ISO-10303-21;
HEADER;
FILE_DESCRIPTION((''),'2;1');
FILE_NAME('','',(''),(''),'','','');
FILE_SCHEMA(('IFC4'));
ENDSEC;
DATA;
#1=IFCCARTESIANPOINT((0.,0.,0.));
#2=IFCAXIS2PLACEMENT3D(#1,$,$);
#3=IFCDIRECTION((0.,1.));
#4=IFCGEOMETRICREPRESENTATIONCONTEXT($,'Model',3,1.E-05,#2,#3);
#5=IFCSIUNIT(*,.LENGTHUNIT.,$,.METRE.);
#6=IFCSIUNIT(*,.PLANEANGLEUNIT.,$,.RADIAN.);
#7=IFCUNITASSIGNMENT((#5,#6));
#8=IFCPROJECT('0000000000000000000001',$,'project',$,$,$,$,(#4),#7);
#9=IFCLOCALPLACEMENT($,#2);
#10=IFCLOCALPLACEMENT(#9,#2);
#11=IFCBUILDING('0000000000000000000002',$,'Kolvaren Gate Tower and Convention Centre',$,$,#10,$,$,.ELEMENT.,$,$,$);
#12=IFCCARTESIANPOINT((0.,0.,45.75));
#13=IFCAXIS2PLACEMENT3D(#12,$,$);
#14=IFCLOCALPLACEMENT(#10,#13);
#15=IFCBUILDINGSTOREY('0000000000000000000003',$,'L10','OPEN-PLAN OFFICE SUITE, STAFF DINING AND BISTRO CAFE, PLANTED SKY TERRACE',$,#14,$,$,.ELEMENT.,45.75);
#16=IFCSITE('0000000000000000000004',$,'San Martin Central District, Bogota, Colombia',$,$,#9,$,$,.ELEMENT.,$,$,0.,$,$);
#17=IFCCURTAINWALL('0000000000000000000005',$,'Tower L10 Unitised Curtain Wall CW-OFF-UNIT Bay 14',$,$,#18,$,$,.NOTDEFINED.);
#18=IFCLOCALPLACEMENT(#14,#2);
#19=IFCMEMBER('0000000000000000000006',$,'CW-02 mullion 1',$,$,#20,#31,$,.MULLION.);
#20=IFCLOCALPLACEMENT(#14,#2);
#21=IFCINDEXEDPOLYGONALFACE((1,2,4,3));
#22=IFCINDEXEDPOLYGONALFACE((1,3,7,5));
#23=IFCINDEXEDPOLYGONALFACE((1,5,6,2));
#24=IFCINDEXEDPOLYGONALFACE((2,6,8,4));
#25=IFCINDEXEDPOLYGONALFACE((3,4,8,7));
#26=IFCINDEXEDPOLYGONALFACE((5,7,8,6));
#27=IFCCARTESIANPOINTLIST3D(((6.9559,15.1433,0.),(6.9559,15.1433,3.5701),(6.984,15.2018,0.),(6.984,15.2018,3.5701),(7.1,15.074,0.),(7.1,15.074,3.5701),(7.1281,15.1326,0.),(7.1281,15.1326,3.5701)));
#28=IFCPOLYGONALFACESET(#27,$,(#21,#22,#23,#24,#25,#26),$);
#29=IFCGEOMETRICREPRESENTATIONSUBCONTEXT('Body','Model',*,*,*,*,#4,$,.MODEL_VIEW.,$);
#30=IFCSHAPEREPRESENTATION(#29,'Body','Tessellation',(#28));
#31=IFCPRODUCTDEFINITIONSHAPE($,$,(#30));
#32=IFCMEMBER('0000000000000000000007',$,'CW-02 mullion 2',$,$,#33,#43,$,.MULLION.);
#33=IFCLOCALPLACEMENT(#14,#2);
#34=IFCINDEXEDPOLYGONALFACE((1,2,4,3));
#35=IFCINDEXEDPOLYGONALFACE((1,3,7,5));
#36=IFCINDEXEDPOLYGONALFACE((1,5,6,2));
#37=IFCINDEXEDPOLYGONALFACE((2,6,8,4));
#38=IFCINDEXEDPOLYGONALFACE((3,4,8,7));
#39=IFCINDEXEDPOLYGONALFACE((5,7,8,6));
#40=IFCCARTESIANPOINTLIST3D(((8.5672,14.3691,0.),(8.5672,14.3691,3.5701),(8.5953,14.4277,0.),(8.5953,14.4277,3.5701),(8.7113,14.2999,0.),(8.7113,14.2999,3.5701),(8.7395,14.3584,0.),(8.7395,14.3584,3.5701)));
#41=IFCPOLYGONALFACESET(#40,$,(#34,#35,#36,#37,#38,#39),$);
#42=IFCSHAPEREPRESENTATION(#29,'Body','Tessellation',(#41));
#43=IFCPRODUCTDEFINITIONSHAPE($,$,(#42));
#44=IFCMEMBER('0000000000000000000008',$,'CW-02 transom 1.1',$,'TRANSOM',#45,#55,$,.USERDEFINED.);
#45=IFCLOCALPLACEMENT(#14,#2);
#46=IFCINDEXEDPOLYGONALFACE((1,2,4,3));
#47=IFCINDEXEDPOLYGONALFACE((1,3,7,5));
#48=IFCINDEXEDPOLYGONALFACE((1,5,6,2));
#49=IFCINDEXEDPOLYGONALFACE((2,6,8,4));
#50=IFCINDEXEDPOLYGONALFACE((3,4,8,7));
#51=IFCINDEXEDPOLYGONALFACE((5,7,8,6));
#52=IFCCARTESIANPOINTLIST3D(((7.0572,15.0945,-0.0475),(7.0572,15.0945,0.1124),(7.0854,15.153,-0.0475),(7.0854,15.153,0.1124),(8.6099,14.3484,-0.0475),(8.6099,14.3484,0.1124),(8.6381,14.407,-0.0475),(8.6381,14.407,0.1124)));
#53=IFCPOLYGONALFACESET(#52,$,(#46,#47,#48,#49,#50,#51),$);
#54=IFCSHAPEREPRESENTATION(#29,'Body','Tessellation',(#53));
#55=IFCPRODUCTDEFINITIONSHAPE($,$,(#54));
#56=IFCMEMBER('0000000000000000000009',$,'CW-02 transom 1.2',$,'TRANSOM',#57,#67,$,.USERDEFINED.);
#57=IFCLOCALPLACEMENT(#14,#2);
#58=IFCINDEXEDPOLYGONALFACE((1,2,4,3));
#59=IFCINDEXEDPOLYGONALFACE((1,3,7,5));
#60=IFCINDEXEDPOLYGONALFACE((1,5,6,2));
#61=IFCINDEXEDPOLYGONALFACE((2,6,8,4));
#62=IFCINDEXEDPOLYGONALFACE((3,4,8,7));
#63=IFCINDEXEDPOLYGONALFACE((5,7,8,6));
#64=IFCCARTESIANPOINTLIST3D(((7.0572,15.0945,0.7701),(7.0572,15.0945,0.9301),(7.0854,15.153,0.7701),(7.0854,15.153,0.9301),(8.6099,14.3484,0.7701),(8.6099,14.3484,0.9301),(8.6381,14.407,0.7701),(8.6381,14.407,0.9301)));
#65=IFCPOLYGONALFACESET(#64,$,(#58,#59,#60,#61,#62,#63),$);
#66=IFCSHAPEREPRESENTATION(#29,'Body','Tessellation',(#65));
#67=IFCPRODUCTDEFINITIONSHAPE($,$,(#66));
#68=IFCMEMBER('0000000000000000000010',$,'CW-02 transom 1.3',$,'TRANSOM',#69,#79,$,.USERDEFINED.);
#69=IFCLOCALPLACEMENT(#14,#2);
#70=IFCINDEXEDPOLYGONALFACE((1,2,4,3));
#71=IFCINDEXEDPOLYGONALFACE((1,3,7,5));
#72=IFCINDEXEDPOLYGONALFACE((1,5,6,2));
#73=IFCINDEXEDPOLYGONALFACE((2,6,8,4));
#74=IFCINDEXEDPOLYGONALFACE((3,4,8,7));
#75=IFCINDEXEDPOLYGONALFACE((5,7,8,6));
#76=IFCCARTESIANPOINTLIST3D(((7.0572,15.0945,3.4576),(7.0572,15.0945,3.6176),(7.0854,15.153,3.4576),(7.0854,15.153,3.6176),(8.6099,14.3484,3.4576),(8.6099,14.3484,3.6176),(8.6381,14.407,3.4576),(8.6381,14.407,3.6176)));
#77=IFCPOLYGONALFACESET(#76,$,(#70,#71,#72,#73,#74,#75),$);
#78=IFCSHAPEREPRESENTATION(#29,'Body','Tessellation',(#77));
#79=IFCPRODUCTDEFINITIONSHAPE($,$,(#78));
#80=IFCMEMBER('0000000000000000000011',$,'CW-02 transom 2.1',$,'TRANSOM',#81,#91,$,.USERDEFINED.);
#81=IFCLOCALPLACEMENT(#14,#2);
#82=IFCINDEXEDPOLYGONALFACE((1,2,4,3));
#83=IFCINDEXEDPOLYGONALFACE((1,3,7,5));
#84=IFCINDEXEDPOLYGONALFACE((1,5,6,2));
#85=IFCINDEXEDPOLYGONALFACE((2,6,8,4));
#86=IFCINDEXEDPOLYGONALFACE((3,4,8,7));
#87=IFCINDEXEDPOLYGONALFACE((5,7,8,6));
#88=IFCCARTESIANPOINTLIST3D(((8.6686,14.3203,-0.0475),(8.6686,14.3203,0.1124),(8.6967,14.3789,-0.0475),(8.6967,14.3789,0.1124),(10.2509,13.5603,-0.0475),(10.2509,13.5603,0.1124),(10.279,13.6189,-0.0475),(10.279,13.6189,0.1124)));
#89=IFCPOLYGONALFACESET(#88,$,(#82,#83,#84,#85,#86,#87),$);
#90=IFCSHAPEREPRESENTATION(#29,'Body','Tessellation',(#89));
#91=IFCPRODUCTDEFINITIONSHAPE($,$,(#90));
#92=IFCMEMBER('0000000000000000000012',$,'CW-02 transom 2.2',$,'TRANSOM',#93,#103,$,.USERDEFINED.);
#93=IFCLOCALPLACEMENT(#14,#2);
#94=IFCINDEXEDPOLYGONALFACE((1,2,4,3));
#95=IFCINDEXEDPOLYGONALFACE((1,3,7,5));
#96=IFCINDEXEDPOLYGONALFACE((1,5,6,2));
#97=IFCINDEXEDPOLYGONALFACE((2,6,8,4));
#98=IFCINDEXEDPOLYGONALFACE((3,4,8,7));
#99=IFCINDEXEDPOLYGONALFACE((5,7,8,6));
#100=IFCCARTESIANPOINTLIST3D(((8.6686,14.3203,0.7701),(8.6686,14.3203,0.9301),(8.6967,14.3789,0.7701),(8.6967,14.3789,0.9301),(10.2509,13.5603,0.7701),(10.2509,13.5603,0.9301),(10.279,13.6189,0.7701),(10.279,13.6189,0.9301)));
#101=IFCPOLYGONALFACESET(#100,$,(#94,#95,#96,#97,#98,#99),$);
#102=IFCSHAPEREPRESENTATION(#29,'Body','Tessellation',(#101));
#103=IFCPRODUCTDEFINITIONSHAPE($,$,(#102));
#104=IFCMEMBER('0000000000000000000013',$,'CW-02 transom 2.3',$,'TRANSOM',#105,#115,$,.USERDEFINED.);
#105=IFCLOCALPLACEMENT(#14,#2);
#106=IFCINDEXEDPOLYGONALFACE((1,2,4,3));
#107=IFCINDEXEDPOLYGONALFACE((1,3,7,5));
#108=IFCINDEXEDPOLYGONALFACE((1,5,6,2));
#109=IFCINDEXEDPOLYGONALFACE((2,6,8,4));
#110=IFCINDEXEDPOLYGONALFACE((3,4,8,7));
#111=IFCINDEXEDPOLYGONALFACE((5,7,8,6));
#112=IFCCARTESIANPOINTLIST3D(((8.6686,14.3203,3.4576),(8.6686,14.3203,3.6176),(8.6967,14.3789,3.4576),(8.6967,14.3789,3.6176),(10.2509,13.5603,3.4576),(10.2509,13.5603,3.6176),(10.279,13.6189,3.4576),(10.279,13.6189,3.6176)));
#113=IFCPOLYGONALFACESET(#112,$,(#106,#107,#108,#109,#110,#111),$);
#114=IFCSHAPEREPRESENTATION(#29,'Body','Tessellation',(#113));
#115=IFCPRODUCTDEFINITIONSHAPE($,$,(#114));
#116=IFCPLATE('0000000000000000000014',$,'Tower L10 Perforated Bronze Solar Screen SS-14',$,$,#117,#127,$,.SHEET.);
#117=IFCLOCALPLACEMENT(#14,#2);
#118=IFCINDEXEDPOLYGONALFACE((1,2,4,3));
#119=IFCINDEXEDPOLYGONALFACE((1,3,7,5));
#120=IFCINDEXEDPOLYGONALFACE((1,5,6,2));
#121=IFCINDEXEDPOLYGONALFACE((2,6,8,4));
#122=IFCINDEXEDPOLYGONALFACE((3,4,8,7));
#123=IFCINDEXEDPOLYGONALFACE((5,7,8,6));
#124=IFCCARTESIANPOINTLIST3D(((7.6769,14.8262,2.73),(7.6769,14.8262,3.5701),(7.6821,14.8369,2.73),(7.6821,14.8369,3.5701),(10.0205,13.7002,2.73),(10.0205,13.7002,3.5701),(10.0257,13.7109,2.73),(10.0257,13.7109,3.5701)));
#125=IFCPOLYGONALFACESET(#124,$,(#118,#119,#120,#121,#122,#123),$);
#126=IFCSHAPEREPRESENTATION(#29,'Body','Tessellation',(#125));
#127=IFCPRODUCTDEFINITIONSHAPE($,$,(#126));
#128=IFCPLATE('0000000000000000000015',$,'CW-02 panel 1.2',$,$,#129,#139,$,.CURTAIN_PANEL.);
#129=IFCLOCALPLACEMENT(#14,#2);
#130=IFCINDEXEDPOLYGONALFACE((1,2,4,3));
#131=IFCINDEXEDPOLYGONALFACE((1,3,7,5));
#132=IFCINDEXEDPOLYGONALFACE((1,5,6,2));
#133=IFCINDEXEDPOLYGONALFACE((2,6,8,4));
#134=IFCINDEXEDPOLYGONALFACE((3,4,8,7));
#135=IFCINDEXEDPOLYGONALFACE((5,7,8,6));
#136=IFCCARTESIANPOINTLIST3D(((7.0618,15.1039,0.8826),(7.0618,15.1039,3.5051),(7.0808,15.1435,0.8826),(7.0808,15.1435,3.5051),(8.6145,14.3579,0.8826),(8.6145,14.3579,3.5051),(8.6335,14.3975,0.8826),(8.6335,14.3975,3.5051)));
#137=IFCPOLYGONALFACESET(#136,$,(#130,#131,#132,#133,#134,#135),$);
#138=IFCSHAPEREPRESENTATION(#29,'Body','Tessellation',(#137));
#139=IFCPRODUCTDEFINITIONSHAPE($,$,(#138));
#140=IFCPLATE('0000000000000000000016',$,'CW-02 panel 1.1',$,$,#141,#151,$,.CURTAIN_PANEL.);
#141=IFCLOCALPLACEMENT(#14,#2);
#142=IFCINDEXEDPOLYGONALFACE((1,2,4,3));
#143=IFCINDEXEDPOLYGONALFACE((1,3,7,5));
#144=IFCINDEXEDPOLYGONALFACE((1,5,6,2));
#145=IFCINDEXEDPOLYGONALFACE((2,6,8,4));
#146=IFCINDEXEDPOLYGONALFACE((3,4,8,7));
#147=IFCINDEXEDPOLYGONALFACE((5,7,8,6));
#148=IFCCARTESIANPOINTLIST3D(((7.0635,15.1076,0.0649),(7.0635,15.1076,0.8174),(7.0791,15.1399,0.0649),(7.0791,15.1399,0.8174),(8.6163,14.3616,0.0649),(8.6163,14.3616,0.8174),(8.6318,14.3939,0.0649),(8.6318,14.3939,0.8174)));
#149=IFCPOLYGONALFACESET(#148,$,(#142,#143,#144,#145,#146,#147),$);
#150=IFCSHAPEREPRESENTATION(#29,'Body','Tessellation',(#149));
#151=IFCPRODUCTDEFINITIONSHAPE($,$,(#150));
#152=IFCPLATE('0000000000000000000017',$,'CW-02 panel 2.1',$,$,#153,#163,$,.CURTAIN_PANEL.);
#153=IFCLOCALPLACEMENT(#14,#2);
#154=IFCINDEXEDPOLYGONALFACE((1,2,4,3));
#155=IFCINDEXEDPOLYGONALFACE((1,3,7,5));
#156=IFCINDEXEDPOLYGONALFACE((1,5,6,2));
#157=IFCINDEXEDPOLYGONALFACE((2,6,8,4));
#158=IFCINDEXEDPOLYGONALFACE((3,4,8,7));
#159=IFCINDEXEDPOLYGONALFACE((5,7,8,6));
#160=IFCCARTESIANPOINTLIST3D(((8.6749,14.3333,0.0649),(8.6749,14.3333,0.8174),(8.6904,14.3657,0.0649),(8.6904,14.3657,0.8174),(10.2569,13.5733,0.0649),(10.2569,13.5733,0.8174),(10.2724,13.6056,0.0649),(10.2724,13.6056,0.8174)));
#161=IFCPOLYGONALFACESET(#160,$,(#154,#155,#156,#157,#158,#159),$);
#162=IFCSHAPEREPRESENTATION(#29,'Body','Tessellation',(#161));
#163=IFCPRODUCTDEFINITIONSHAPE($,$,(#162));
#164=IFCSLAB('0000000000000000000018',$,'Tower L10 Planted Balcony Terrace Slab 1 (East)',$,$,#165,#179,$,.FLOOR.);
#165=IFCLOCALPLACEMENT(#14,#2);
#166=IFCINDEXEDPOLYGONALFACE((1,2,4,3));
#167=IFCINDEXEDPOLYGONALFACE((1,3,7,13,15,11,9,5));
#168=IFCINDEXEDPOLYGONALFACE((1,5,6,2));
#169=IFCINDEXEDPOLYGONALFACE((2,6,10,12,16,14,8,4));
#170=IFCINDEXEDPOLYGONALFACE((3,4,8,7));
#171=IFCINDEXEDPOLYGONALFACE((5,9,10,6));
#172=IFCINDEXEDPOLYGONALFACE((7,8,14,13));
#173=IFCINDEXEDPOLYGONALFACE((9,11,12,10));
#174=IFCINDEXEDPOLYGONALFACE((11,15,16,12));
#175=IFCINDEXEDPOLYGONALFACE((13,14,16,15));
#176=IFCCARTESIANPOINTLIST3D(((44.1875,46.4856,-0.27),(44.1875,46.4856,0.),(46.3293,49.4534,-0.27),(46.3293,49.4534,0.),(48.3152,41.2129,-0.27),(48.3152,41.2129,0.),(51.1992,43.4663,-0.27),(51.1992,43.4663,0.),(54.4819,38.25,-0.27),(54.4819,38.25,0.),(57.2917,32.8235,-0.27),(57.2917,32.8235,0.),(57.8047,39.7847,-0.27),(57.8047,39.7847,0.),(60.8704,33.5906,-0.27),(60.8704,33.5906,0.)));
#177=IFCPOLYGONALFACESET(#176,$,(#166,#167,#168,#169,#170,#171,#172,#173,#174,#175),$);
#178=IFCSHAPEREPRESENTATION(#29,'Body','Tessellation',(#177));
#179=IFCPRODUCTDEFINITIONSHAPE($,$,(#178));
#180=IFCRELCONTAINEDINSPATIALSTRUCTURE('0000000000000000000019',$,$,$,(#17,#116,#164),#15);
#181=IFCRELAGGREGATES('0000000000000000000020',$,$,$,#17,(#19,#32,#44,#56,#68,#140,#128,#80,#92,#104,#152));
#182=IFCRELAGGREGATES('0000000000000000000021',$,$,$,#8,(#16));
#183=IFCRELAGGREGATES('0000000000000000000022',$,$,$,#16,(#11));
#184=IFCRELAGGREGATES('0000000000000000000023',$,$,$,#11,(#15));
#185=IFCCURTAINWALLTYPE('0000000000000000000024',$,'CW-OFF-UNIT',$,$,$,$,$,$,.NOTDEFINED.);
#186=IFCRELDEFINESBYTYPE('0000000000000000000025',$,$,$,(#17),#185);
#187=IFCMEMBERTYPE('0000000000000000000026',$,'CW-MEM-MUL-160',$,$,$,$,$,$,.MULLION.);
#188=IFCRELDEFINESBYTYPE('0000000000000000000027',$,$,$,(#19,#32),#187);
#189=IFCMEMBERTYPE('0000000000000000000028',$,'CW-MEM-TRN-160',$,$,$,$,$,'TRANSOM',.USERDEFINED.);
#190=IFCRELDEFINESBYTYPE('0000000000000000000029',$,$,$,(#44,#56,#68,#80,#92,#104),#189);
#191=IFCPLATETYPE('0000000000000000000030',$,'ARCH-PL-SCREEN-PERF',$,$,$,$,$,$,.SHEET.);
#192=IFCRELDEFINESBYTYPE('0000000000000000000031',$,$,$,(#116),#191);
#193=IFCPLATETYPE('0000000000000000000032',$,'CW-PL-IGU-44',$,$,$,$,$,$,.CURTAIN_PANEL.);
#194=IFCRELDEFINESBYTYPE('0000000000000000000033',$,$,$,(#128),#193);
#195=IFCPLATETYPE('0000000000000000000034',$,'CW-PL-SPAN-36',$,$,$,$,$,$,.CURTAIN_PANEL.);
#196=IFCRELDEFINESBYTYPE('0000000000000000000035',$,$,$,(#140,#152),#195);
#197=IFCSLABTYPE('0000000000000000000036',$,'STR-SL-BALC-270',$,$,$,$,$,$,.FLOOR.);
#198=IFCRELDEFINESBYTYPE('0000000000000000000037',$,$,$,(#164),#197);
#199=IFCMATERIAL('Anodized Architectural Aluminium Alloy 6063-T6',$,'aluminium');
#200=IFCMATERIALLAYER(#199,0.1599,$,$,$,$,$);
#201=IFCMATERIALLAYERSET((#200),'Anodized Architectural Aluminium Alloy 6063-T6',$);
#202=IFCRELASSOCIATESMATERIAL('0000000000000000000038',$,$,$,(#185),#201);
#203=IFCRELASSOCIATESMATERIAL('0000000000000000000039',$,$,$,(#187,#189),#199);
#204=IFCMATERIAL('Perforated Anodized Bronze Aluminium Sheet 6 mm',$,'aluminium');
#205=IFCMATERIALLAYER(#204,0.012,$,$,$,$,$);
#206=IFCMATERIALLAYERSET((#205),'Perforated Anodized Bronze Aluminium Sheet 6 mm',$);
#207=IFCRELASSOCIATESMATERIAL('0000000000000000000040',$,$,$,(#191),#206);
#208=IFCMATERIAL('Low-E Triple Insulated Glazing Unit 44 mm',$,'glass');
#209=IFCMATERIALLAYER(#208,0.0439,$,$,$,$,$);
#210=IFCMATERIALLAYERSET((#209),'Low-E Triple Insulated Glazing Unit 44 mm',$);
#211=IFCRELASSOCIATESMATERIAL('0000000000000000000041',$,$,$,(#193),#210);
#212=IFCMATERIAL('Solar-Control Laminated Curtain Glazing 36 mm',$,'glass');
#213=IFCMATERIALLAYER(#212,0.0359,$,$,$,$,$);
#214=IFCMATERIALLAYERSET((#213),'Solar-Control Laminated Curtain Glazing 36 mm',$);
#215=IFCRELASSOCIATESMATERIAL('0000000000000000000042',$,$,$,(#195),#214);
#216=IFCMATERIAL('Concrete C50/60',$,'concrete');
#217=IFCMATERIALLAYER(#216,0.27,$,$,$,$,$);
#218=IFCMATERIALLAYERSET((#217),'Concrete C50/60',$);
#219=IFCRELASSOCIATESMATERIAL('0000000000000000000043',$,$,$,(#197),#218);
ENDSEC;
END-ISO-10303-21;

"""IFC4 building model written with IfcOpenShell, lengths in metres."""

from ifc_helpers import new_model, si_unit, direction, frame, origin, origin_2d, place, context, subcontext, project, spatial, polyline, rectangle, outline, extrude, material, layer, layer_set, material_profile, profile_set, type_object, element, aggregate, save


model = new_model("IFC4")

# Units and contexts
model_context = context("Model", 3, precision=1e-05, world=origin(), true_north=direction((0.0, 1.0)))
body_context = subcontext(model_context, "Body", "Model", "MODEL_VIEW")
ifc_project = project(units=[si_unit("LENGTHUNIT", "METRE"), si_unit("PLANEANGLEUNIT", "RADIAN")], contexts=[model_context])

# Site, building, storey
site_placement = place(None, origin())
site = spatial("IfcSite", under=ifc_project, at=site_placement, Name="San Martin Central District, Bogota, Colombia", CompositionType="ELEMENT", RefElevation=0.0)
building_placement = place(site_placement, origin())
building = spatial("IfcBuilding", under=site, at=building_placement, Name="Kolvaren Gate Tower and Convention Centre", CompositionType="ELEMENT")
storey_placement = place(building_placement, frame((0.0, 0.0, 45.75)))
storey = spatial("IfcBuildingStorey", under=building, at=storey_placement, Name="L10", Description="OPEN-PLAN OFFICE SUITE, STAFF DINING AND BISTRO CAFE, PLANTED SKY TERRACE", CompositionType="ELEMENT", Elevation=45.75)

# Curtain wall, members
ifc_material_1 = material(Name="Anodized Architectural Aluminium Alloy 6063-T6", Category="aluminium")
ifc_layer_1 = layer(ifc_material_1, 0.1599)
ifc_layer_set_1 = layer_set([ifc_layer_1], Name="Anodized Architectural Aluminium Alloy 6063-T6")
curtain_wall_type = type_object("IfcCurtainWallType", Name="CW-OFF-UNIT", PredefinedType="NOTDEFINED", material=ifc_layer_set_1)
curtain_wall_placement = place(storey_placement, origin())
curtain_wall = element("IfcCurtainWall", 1, at=curtain_wall_placement, inside=storey, type_object=curtain_wall_type, Name="Tower L10 Unitised Curtain Wall CW-OFF-UNIT Bay 14", PredefinedType="NOTDEFINED")
ifc_material_profile_1 = material_profile(ifc_material_1, rectangle(XDim=0.0649, YDim=0.1599, at=origin_2d()), Name="CW-MEM-MUL-160")
ifc_profile_set_1 = profile_set([ifc_material_profile_1], Name="Anodized Architectural Aluminium Alloy 6063-T6")
member_type_1 = type_object("IfcMemberType", Name="CW-MEM-MUL-160", PredefinedType="MULLION", material=ifc_profile_set_1)
member_1_placement = place(storey_placement, frame((7.042, 15.1379, 0.0), z_axis=(0.0, 0.0, 1.0), x_axis=(0.433057, 0.901367, 0.0)))
member_1 = element("IfcMember", 2, at=member_1_placement, type_object=member_type_1, Name="CW-02 mullion 1", PredefinedType="MULLION", context=body_context, shape_type="SweptSolid", body=[
    extrude(rectangle(XDim=0.0649, YDim=0.1599, at=origin_2d()), origin(), (0.0, 0.0, 1.0), 3.5701),
])
member_2_placement = place(storey_placement, frame((8.6533, 14.3638, 0.0), z_axis=(0.0, 0.0, 1.0), x_axis=(0.433057, 0.901367, 0.0)))
member_2 = element("IfcMember", 3, at=member_2_placement, type_object=member_type_1, Name="CW-02 mullion 2", PredefinedType="MULLION", context=body_context, shape_type="SweptSolid", body=[
    extrude(rectangle(XDim=0.0649, YDim=0.1599, at=origin_2d()), origin(), (0.0, 0.0, 1.0), 3.5701),
])
ifc_material_profile_2 = material_profile(ifc_material_1, rectangle(XDim=0.0649, YDim=0.1599, at=origin_2d()), Name="CW-MEM-TRN-160")
ifc_profile_set_2 = profile_set([ifc_material_profile_2], Name="Anodized Architectural Aluminium Alloy 6063-T6")
member_type_2 = type_object("IfcMemberType", Name="CW-MEM-TRN-160", ElementType="TRANSOM", PredefinedType="USERDEFINED", material=ifc_profile_set_2)
member_3_placement = place(storey_placement, frame((7.0713, 15.1238, 0.0325), z_axis=(0.901346, -0.4331, 0.0), x_axis=(0.4331, 0.901346, 0.0)))
member_3 = element("IfcMember", 4, at=member_3_placement, type_object=member_type_2, Name="CW-02 transom 1.1", ObjectType="TRANSOM", PredefinedType="USERDEFINED", context=body_context, shape_type="SweptSolid", body=[
    extrude(rectangle(XDim=0.0649, YDim=0.1599, at=origin_2d()), origin(), (0.0, 0.0, 1.0), 1.7227),
])
member_4_placement = place(storey_placement, frame((7.0713, 15.1238, 0.8501), z_axis=(0.901346, -0.4331, 0.0), x_axis=(0.4331, 0.901346, 0.0)))
member_4 = element("IfcMember", 5, at=member_4_placement, type_object=member_type_2, Name="CW-02 transom 1.2", ObjectType="TRANSOM", PredefinedType="USERDEFINED", context=body_context, shape_type="SweptSolid", body=[
    extrude(rectangle(XDim=0.0649, YDim=0.1599, at=origin_2d()), origin(), (0.0, 0.0, 1.0), 1.7227),
])
member_5_placement = place(storey_placement, frame((7.0713, 15.1238, 3.5376), z_axis=(0.901346, -0.4331, 0.0), x_axis=(0.4331, 0.901346, 0.0)))
member_5 = element("IfcMember", 6, at=member_5_placement, type_object=member_type_2, Name="CW-02 transom 1.3", ObjectType="TRANSOM", PredefinedType="USERDEFINED", context=body_context, shape_type="SweptSolid", body=[
    extrude(rectangle(XDim=0.0649, YDim=0.1599, at=origin_2d()), origin(), (0.0, 0.0, 1.0), 1.7227),
])
member_6_placement = place(storey_placement, frame((8.6826, 14.3496, 0.0325), z_axis=(0.901408, -0.432971, 0.0), x_axis=(0.432971, 0.901408, 0.0)))
member_6 = element("IfcMember", 7, at=member_6_placement, type_object=member_type_2, Name="CW-02 transom 2.1", ObjectType="TRANSOM", PredefinedType="USERDEFINED", context=body_context, shape_type="SweptSolid", body=[
    extrude(rectangle(XDim=0.0649, YDim=0.1599, at=origin_2d()), origin(), (0.0, 0.0, 1.0), 1.7554),
])
member_7_placement = place(storey_placement, frame((8.6826, 14.3496, 0.8501), z_axis=(0.901408, -0.432971, 0.0), x_axis=(0.432971, 0.901408, 0.0)))
member_7 = element("IfcMember", 8, at=member_7_placement, type_object=member_type_2, Name="CW-02 transom 2.2", ObjectType="TRANSOM", PredefinedType="USERDEFINED", context=body_context, shape_type="SweptSolid", body=[
    extrude(rectangle(XDim=0.0649, YDim=0.1599, at=origin_2d()), origin(), (0.0, 0.0, 1.0), 1.7554),
])
member_8_placement = place(storey_placement, frame((8.6826, 14.3496, 3.5376), z_axis=(0.901408, -0.432971, 0.0), x_axis=(0.432971, 0.901408, 0.0)))
member_8 = element("IfcMember", 9, at=member_8_placement, type_object=member_type_2, Name="CW-02 transom 2.3", ObjectType="TRANSOM", PredefinedType="USERDEFINED", context=body_context, shape_type="SweptSolid", body=[
    extrude(rectangle(XDim=0.0649, YDim=0.1599, at=origin_2d()), origin(), (0.0, 0.0, 1.0), 1.7554),
])

# Plates
ifc_material_2 = material(Name="Perforated Anodized Bronze Aluminium Sheet 6 mm", Category="aluminium")
ifc_layer_2 = layer(ifc_material_2, 0.012)
ifc_layer_set_2 = layer_set([ifc_layer_2], Name="Perforated Anodized Bronze Aluminium Sheet 6 mm")
plate_type_1 = type_object("IfcPlateType", Name="ARCH-PL-SCREEN-PERF", PredefinedType="SHEET", material=ifc_layer_set_2)
plate_1_placement = place(storey_placement, frame((8.8513, 14.2686, 2.73), z_axis=(0.0, 0.0, 1.0), x_axis=(0.901364, -0.433061, 0.0)))
element("IfcPlate", 10, at=plate_1_placement, inside=storey, type_object=plate_type_1, Name="Tower L10 Perforated Bronze Solar Screen SS-14", PredefinedType="SHEET", context=body_context, shape_type="SweptSolid", body=[
    extrude(rectangle(XDim=2.6001, YDim=0.012, at=origin_2d()), origin(), (0.0, 0.0, 1.0), 0.8401),
])
ifc_material_3 = material(Name="Low-E Triple Insulated Glazing Unit 44 mm", Category="glass")
ifc_layer_3 = layer(ifc_material_3, 0.0439)
ifc_layer_set_3 = layer_set([ifc_layer_3], Name="Low-E Triple Insulated Glazing Unit 44 mm")
plate_type_2 = type_object("IfcPlateType", Name="CW-PL-IGU-44", PredefinedType="CURTAIN_PANEL", material=ifc_layer_set_3)
plate_2_placement = place(storey_placement, frame((7.8477, 14.7507, 0.8826), z_axis=(0.0, 0.0, 1.0), x_axis=(0.901367, -0.433057, 0.0)))
plate_2 = element("IfcPlate", 11, at=plate_2_placement, type_object=plate_type_2, Name="CW-02 panel 1.2", PredefinedType="CURTAIN_PANEL", context=body_context, shape_type="SweptSolid", body=[
    extrude(rectangle(XDim=1.7227, YDim=0.0439, at=origin_2d()), origin(), (0.0, 0.0, 1.0), 2.6226),
])
ifc_material_4 = material(Name="Solar-Control Laminated Curtain Glazing 36 mm", Category="glass")
ifc_layer_4 = layer(ifc_material_4, 0.0359)
ifc_layer_set_4 = layer_set([ifc_layer_4], Name="Solar-Control Laminated Curtain Glazing 36 mm")
plate_type_3 = type_object("IfcPlateType", Name="CW-PL-SPAN-36", PredefinedType="CURTAIN_PANEL", material=ifc_layer_set_4)
plate_3_placement = place(storey_placement, frame((7.8477, 14.7507, 0.0649), z_axis=(0.0, 0.0, 1.0), x_axis=(0.901367, -0.433057, 0.0)))
plate_3 = element("IfcPlate", 12, at=plate_3_placement, type_object=plate_type_3, Name="CW-02 panel 1.1", PredefinedType="CURTAIN_PANEL", context=body_context, shape_type="SweptSolid", body=[
    extrude(rectangle(XDim=1.7227, YDim=0.0359, at=origin_2d()), origin(), (0.0, 0.0, 1.0), 0.7524),
])
plate_4_placement = place(storey_placement, frame((9.4736, 13.9695, 0.0649), z_axis=(0.0, 0.0, 1.0), x_axis=(0.901367, -0.433057, 0.0)))
plate_4 = element("IfcPlate", 13, at=plate_4_placement, type_object=plate_type_3, Name="CW-02 panel 2.1", PredefinedType="CURTAIN_PANEL", context=body_context, shape_type="SweptSolid", body=[
    extrude(rectangle(XDim=1.7551, YDim=0.0359, at=origin_2d()), origin(), (0.0, 0.0, 1.0), 0.7524),
])
aggregate(curtain_wall, [member_1, member_2, member_3, member_4, member_5, plate_3, plate_2, member_6, member_7, member_8, plate_4])

# Slab
ifc_material_5 = material(Name="Concrete C50/60", Category="concrete")
ifc_layer_5 = layer(ifc_material_5, 0.27)
ifc_layer_set_5 = layer_set([ifc_layer_5], Name="Concrete C50/60")
slab_type_1 = type_object("IfcSlabType", Name="STR-SL-BALC-270", PredefinedType="FLOOR", material=ifc_layer_set_5)
slab_1_placement = place(storey_placement, frame((0.0, 0.0, -0.27)))
element("IfcSlab", 14, at=slab_1_placement, inside=storey, type_object=slab_type_1, Name="Tower L10 Planted Balcony Terrace Slab 1 (East)", PredefinedType="FLOOR", context=body_context, shape_type="SweptSolid", body=[
    extrude(outline(polyline([(57.2917, 32.8235), (54.4819, 38.25), (48.3152, 41.2129), (44.1875, 46.4856), (46.3293, 49.4534), (51.1992, 43.4663), (57.8047, 39.7847), (60.8704, 33.5906), (57.2917, 32.8235)])), origin(), (0.0, 0.0, 1.0), 0.27),
])

save(model, "model.ifc")
